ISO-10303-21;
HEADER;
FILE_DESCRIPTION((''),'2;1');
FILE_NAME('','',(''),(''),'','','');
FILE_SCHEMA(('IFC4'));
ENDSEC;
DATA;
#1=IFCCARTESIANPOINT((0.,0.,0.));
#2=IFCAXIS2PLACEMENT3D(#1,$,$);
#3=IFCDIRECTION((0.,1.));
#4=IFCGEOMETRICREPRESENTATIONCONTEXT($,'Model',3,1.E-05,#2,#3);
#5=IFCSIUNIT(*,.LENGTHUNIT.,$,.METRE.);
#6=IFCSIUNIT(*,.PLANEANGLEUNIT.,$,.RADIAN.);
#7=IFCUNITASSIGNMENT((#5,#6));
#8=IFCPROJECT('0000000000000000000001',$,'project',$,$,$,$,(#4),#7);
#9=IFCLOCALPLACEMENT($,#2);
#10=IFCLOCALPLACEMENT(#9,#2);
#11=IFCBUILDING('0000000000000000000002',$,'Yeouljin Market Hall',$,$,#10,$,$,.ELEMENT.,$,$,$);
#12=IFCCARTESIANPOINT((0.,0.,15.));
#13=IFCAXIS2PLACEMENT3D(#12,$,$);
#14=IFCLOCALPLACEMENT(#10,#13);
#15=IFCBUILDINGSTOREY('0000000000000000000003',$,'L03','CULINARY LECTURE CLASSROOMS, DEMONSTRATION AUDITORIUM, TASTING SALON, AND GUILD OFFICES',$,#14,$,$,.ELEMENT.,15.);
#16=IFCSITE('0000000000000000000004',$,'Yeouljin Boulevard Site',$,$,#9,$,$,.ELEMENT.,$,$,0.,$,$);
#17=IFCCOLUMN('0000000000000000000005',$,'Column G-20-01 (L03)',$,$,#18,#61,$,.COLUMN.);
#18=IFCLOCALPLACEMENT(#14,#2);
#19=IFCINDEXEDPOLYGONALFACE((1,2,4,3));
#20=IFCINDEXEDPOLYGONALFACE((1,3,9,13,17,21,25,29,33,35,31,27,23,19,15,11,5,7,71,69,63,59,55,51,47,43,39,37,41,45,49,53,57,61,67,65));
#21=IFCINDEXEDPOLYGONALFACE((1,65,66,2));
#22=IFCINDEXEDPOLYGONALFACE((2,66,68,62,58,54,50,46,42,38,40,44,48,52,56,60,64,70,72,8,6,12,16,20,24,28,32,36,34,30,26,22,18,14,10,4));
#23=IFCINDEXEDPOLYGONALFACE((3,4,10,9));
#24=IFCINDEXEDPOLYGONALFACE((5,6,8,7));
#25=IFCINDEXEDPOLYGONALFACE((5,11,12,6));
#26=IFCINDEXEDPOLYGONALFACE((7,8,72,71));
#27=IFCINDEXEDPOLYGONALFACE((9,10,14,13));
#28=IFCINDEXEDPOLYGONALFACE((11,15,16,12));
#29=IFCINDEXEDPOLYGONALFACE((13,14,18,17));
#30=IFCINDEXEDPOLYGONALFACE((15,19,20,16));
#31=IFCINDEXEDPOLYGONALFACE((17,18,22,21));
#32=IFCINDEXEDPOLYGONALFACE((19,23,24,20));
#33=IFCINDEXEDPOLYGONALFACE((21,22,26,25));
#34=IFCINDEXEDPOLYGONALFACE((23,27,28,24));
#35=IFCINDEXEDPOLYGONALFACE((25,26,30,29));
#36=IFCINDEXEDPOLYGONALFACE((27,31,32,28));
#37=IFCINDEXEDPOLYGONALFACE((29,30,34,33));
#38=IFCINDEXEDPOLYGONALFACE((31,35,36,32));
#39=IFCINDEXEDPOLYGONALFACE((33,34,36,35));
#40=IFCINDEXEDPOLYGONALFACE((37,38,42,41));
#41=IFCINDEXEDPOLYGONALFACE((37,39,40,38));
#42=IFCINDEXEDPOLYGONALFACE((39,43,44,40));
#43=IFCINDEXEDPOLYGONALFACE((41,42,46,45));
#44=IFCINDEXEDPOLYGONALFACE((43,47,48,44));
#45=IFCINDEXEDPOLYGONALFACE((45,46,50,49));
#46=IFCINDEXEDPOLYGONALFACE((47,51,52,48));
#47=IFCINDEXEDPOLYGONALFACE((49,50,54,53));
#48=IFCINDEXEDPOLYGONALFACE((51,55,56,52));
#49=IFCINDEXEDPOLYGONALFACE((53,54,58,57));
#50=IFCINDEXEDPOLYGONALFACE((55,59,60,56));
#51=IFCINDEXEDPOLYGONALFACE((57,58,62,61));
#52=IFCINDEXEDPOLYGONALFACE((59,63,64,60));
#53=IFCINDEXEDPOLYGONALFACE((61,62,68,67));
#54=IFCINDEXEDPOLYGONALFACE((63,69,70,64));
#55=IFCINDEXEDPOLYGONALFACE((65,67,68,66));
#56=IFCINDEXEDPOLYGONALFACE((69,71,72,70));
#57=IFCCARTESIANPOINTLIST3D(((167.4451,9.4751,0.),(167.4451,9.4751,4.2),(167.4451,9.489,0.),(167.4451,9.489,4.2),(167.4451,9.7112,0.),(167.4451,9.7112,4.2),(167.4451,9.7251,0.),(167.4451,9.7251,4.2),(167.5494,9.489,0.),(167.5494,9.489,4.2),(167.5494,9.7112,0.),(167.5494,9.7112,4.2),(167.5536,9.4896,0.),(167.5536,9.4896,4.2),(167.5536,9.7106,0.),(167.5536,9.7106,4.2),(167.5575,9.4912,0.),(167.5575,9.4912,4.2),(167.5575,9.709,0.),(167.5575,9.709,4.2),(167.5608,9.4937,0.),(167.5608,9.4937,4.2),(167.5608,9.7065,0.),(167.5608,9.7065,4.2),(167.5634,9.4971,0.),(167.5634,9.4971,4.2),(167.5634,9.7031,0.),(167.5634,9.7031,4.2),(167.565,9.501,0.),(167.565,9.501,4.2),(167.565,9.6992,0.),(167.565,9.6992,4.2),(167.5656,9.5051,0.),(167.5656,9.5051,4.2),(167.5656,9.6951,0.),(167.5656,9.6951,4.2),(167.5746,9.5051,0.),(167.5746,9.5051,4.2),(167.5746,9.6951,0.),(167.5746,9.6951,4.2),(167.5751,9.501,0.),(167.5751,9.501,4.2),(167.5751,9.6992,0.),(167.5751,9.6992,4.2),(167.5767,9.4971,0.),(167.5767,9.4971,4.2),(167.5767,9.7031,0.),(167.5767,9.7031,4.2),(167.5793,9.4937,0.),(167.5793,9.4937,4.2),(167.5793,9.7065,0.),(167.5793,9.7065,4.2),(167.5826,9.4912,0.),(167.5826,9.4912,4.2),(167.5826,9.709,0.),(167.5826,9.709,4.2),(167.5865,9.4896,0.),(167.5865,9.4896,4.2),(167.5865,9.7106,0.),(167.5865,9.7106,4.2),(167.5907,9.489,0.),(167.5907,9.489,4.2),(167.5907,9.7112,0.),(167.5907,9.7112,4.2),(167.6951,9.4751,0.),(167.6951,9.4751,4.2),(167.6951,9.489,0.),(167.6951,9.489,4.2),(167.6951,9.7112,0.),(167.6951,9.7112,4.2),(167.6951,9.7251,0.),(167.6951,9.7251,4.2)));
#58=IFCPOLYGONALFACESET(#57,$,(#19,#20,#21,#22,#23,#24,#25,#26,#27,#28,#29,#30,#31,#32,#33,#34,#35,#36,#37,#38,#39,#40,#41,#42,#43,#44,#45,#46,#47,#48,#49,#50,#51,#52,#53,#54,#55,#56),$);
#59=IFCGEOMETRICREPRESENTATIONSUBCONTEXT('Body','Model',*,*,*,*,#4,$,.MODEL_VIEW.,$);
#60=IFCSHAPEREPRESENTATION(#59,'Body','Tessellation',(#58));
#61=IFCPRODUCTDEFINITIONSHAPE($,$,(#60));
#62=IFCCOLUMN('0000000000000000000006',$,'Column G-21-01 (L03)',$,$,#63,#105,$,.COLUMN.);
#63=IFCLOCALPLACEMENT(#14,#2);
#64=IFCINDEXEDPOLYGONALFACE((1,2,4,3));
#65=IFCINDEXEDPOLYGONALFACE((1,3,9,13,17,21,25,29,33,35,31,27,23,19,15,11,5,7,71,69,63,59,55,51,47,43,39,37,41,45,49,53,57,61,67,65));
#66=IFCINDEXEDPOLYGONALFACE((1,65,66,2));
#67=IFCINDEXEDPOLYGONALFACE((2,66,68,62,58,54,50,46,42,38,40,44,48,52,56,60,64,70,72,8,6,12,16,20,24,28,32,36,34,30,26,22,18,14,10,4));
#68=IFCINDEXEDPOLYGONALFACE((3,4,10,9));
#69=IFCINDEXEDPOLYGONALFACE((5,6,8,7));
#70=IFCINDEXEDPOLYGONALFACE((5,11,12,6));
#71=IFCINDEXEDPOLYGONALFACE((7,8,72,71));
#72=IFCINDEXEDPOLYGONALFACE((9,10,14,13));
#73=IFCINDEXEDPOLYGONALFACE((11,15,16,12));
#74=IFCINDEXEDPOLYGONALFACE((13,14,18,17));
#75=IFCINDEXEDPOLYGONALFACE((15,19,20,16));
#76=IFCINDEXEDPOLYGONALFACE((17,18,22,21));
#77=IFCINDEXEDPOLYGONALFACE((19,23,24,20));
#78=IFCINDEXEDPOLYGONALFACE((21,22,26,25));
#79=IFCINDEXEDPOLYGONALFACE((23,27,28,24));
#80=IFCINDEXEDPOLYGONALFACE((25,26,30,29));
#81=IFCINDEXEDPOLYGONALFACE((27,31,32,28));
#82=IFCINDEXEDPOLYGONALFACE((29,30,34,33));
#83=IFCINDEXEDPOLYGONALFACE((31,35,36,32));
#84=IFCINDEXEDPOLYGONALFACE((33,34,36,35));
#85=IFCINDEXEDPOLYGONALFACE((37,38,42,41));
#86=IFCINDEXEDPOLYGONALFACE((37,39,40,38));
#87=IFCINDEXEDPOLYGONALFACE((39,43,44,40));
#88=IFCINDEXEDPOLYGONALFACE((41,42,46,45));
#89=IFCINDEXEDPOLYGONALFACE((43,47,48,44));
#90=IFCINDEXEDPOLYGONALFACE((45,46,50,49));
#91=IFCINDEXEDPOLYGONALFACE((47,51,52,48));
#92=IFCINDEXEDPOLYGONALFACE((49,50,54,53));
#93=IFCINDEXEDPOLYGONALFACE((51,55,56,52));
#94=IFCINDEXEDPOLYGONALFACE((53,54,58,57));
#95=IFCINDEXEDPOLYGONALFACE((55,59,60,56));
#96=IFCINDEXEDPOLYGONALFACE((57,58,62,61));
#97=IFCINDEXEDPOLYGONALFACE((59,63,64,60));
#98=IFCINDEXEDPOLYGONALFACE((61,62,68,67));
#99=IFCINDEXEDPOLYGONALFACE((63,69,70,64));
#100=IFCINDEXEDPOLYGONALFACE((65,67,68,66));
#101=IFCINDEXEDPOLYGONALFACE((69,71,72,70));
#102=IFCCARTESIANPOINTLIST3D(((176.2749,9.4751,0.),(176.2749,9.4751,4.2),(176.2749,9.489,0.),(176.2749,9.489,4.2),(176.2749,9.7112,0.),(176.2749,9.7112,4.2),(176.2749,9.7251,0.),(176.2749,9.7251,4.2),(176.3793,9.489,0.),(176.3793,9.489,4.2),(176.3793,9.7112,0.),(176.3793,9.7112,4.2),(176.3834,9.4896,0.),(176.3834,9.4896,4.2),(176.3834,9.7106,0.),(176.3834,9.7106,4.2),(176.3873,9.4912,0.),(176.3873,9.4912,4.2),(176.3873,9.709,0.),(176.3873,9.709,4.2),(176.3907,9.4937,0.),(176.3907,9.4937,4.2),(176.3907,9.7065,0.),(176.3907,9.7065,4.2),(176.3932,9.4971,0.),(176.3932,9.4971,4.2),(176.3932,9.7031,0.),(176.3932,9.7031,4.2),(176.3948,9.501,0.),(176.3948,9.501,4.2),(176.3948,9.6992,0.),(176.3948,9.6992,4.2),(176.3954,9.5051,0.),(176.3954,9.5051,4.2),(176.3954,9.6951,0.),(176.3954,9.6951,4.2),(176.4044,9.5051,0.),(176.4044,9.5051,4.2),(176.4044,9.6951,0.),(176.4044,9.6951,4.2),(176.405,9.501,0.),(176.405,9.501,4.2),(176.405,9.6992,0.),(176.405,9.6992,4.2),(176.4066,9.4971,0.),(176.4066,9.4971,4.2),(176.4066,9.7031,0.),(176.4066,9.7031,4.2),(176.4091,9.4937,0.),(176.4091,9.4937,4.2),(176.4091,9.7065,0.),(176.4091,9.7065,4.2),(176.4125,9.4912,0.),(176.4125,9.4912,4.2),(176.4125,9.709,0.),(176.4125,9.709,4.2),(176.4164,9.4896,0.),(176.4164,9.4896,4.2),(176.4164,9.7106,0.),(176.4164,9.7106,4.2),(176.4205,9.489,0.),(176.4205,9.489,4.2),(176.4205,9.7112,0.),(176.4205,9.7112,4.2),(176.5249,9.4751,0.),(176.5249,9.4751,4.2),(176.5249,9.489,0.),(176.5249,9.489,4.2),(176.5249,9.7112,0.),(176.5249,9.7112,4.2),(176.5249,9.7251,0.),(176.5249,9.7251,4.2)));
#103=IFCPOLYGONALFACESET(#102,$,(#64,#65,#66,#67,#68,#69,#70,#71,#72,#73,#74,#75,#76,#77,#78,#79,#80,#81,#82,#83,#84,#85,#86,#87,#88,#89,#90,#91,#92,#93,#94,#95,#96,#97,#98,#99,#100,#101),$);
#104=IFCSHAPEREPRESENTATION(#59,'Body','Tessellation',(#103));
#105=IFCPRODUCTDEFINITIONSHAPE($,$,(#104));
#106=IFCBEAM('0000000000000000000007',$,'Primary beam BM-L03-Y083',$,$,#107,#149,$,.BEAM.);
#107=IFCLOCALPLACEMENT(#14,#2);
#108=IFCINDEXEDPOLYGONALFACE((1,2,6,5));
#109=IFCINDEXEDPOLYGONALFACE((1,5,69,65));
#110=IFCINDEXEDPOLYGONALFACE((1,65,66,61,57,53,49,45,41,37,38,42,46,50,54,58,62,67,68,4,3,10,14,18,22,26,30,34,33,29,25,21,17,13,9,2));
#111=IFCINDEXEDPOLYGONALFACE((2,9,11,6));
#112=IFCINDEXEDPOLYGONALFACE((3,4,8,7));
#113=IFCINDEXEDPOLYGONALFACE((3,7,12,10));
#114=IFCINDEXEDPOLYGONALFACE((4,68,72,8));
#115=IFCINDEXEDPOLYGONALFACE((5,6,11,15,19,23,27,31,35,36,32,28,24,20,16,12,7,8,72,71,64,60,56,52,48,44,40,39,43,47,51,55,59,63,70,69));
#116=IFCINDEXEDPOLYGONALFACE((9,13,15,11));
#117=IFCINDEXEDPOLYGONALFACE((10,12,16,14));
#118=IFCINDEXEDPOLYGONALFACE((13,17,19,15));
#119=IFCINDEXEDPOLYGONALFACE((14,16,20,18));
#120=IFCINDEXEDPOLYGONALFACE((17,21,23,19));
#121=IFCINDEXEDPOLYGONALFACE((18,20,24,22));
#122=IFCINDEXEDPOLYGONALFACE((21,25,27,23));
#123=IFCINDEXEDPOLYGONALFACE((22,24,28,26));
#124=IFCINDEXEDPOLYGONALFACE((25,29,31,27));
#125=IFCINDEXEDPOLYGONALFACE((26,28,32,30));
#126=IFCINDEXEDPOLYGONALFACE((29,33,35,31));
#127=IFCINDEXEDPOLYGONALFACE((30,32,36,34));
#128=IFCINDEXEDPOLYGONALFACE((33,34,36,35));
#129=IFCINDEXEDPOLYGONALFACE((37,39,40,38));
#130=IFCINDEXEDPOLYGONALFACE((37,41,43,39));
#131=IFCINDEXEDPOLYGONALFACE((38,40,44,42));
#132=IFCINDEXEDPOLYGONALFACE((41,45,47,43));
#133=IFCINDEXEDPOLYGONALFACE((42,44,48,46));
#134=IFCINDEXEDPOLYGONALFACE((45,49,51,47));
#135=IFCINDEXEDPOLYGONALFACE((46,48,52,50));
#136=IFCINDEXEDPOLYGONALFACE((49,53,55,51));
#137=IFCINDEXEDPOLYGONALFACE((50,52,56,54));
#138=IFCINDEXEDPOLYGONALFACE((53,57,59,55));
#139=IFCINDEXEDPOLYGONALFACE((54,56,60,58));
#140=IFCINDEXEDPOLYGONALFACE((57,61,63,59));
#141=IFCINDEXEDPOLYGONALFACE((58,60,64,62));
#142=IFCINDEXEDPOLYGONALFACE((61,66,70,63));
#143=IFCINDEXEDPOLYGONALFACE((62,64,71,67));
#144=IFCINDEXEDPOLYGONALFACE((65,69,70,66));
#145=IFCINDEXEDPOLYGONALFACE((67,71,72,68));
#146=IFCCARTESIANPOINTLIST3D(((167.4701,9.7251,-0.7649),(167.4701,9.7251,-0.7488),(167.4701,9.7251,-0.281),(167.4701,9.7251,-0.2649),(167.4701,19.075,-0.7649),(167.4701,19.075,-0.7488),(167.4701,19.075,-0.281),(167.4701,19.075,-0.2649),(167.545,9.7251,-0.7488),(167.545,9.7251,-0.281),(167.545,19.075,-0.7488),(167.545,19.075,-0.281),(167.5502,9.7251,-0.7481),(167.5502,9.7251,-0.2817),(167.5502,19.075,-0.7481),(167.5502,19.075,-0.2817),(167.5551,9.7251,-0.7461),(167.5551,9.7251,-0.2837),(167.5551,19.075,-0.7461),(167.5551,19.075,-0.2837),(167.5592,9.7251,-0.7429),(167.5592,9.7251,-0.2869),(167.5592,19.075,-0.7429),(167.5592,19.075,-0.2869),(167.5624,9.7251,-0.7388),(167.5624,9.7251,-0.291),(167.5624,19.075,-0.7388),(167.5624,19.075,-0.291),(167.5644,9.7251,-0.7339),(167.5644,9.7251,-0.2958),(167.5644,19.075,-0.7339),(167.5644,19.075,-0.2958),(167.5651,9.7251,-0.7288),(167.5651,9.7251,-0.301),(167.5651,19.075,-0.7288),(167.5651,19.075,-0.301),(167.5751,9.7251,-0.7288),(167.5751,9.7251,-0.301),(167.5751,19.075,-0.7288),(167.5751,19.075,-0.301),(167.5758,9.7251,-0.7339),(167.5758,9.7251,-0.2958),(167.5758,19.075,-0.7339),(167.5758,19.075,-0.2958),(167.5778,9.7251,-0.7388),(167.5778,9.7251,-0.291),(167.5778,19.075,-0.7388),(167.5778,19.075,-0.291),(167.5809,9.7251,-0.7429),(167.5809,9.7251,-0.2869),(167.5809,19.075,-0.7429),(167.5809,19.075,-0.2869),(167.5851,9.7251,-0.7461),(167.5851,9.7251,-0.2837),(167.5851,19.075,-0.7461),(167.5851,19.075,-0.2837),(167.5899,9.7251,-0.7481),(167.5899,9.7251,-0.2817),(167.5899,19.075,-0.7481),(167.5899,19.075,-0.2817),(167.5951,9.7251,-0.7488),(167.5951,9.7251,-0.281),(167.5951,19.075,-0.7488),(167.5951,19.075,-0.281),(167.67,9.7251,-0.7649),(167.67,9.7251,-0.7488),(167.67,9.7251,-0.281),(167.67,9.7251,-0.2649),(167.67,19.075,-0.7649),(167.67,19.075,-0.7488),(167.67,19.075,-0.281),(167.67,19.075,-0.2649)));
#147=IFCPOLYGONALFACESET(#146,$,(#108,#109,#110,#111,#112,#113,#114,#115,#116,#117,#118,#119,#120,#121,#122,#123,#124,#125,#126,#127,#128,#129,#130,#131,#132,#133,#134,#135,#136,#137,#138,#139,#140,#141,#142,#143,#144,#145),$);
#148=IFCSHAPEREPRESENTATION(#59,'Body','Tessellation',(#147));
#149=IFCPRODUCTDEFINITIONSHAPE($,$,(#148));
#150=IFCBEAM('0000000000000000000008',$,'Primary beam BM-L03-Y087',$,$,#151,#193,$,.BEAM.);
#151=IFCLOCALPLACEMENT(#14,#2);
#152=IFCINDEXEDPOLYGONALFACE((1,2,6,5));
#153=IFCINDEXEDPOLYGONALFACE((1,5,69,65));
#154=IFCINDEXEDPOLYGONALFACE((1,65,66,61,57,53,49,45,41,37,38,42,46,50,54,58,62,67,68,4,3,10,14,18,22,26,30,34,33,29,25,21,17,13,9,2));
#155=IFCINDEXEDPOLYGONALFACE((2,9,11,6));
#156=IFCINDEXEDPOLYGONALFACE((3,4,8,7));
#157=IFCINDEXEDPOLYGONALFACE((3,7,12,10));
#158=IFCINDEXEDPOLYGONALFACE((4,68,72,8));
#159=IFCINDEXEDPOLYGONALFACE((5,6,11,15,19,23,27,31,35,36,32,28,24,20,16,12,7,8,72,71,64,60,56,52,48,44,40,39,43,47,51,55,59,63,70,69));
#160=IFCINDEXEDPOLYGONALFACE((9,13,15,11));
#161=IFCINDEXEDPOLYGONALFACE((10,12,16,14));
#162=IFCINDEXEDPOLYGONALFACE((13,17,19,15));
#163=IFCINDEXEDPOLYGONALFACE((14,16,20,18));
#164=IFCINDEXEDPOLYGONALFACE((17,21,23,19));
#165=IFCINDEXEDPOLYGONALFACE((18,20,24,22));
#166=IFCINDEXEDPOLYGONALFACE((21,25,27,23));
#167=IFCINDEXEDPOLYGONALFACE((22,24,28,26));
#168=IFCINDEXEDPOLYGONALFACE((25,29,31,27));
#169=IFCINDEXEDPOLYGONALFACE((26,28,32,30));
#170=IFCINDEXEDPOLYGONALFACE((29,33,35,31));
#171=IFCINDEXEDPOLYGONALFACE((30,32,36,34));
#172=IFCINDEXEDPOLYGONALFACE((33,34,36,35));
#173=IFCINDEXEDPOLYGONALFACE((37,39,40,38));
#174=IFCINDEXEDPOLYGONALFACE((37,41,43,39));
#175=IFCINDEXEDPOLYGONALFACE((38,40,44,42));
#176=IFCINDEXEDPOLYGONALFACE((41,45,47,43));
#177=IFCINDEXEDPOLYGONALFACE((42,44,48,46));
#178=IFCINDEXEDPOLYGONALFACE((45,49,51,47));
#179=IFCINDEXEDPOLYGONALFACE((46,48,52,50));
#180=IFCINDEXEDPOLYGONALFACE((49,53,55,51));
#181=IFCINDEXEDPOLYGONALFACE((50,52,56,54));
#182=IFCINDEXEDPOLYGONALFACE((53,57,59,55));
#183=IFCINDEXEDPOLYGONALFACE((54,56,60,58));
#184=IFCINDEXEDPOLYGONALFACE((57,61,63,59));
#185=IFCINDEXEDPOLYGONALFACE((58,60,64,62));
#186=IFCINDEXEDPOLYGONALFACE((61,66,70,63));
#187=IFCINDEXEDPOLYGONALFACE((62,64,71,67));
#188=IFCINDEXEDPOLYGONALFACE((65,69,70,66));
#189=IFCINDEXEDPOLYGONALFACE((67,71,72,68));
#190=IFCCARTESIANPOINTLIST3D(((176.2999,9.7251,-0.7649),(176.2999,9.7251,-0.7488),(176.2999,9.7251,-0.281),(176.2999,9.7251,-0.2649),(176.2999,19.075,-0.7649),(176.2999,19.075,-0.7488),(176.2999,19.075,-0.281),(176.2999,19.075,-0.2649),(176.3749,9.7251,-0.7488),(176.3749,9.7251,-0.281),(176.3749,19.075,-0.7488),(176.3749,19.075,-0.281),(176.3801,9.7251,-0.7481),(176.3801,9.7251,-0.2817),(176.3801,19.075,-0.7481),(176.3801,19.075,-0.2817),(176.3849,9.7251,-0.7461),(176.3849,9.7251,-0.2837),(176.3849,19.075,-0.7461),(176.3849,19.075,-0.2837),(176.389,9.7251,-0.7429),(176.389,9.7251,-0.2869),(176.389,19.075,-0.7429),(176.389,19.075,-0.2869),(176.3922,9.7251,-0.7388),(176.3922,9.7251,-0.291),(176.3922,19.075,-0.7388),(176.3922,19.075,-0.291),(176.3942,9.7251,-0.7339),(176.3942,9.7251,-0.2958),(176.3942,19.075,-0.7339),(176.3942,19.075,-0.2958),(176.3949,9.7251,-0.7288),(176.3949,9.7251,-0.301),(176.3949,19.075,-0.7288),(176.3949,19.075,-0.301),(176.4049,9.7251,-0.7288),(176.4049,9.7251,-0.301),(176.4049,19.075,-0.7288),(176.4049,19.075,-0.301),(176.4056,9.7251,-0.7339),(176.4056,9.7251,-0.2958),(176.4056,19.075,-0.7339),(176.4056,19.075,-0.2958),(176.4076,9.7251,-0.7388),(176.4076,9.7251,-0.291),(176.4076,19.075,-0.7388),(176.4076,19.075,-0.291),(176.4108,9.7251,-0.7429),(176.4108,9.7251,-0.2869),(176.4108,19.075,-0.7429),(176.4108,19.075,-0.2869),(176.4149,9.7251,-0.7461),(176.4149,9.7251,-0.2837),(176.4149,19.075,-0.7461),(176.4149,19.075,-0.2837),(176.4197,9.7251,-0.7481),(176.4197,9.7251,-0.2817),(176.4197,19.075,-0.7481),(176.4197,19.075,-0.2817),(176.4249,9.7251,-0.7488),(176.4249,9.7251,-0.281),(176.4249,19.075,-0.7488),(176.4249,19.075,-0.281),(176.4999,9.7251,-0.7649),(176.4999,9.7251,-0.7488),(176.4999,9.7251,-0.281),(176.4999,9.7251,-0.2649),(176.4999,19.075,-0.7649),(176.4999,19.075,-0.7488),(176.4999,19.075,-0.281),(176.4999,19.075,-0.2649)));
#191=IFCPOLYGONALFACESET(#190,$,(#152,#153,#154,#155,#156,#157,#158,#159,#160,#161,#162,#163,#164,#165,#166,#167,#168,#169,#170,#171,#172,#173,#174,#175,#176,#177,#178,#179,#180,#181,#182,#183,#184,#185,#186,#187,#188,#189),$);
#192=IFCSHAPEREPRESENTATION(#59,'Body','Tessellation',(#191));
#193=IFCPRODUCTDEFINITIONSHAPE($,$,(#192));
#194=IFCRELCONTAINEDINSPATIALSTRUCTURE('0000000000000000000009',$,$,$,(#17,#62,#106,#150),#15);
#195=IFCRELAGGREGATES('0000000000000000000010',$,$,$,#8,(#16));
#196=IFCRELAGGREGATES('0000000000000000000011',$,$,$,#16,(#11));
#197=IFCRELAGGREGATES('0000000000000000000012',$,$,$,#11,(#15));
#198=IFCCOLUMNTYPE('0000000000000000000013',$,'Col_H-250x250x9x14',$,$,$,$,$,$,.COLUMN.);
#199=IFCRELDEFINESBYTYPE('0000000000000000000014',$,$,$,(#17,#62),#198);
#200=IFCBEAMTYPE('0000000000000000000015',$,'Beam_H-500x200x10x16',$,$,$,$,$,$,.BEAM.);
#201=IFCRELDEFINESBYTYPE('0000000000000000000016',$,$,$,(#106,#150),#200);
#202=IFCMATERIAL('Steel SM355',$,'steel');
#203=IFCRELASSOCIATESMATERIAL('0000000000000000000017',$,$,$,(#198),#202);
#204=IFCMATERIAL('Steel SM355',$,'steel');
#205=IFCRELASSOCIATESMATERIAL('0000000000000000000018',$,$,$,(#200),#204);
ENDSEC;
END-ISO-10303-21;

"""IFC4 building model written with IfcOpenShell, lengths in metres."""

from ifc_helpers import new_model, si_unit, direction, frame, origin, origin_2d, place, context, subcontext, project, spatial, i_section, extrude, material, material_profile, profile_set, type_object, element, save


model = new_model("IFC4")

# Units and contexts
model_context = context("Model", 3, precision=1e-05, world=origin(), true_north=direction((0.0, 1.0)))
body_context = subcontext(model_context, "Body", "Model", "MODEL_VIEW")
ifc_project = project(units=[si_unit("LENGTHUNIT", "METRE"), si_unit("PLANEANGLEUNIT", "RADIAN")], contexts=[model_context])

# Site, building, storey
site_placement = place(None, origin())
site = spatial("IfcSite", under=ifc_project, at=site_placement, Name="Yeouljin Boulevard Site", CompositionType="ELEMENT", RefElevation=0.0)
building_placement = place(site_placement, origin())
building = spatial("IfcBuilding", under=site, at=building_placement, Name="Yeouljin Market Hall", CompositionType="ELEMENT")
storey_placement = place(building_placement, frame((0.0, 0.0, 15.0)))
storey = spatial("IfcBuildingStorey", under=building, at=storey_placement, Name="L03", Description="CULINARY LECTURE CLASSROOMS, DEMONSTRATION AUDITORIUM, TASTING SALON, AND GUILD OFFICES", CompositionType="ELEMENT", Elevation=15.0)

# Columns
ifc_material_1 = material(Name="Steel SM355", Category="steel")
ifc_material_profile_1 = material_profile(ifc_material_1, i_section(OverallWidth=0.25, OverallDepth=0.25, WebThickness=0.009, FlangeThickness=0.0139, FilletRadius=0.0161, at=origin_2d()), Name="H-250x250x9x14")
ifc_profile_set_1 = profile_set([ifc_material_profile_1], Name="Steel SM355")
column_type = type_object("IfcColumnType", Name="Col_H-250x250x9x14", PredefinedType="COLUMN", material=ifc_profile_set_1)
for number, where, z_axis, x_axis, name in (
    (1, (167.5701, 9.6001, 0.0), (0.0, 0.0, 1.0), (1.0, 0.0, 0.0), "Column G-20-01 (L03)"),
    (2, (176.3999, 9.6001, 0.0), (0.0, 0.0, 1.0), (1.0, 0.0, 0.0), "Column G-21-01 (L03)"),
):
    element("IfcColumn", number, at=place(storey_placement, frame(where, z_axis=z_axis, x_axis=x_axis)), inside=storey, type_object=column_type, Name=name, PredefinedType="COLUMN", context=body_context, shape_type="SweptSolid", body=[
        extrude(i_section(OverallWidth=0.25, OverallDepth=0.25, WebThickness=0.009, FlangeThickness=0.0139, FilletRadius=0.0161, at=origin_2d()), origin(), (0.0, 0.0, 1.0), 4.2),
    ])

# Beams
ifc_material_2 = material(Name="Steel SM355", Category="steel")
ifc_material_profile_2 = material_profile(ifc_material_2, i_section(OverallWidth=0.2, OverallDepth=0.5, WebThickness=0.01, FlangeThickness=0.0161, FilletRadius=0.02, at=origin_2d()), Name="H-500x200x10x16")
ifc_profile_set_2 = profile_set([ifc_material_profile_2], Name="Steel SM355")
beam_type_1 = type_object("IfcBeamType", Name="Beam_H-500x200x10x16", PredefinedType="BEAM", material=ifc_profile_set_2)
for number, where, z_axis, x_axis, name in (
    (3, (167.5701, 9.7251, -0.5149), (0.0, 1.0, 0.0), (-1.0, 0.0, 0.0), "Primary beam BM-L03-Y083"),
    (4, (176.3999, 9.7251, -0.5149), (0.0, 1.0, 0.0), (-1.0, 0.0, 0.0), "Primary beam BM-L03-Y087"),
):
    element("IfcBeam", number, at=place(storey_placement, frame(where, z_axis=z_axis, x_axis=x_axis)), inside=storey, type_object=beam_type_1, Name=name, PredefinedType="BEAM", context=body_context, shape_type="SweptSolid", body=[
        extrude(i_section(OverallWidth=0.2, OverallDepth=0.5, WebThickness=0.01, FlangeThickness=0.0161, FilletRadius=0.02, at=origin_2d()), origin(), (0.0, 0.0, 1.0), 9.3499),
    ])

save(model, "model.ifc")
